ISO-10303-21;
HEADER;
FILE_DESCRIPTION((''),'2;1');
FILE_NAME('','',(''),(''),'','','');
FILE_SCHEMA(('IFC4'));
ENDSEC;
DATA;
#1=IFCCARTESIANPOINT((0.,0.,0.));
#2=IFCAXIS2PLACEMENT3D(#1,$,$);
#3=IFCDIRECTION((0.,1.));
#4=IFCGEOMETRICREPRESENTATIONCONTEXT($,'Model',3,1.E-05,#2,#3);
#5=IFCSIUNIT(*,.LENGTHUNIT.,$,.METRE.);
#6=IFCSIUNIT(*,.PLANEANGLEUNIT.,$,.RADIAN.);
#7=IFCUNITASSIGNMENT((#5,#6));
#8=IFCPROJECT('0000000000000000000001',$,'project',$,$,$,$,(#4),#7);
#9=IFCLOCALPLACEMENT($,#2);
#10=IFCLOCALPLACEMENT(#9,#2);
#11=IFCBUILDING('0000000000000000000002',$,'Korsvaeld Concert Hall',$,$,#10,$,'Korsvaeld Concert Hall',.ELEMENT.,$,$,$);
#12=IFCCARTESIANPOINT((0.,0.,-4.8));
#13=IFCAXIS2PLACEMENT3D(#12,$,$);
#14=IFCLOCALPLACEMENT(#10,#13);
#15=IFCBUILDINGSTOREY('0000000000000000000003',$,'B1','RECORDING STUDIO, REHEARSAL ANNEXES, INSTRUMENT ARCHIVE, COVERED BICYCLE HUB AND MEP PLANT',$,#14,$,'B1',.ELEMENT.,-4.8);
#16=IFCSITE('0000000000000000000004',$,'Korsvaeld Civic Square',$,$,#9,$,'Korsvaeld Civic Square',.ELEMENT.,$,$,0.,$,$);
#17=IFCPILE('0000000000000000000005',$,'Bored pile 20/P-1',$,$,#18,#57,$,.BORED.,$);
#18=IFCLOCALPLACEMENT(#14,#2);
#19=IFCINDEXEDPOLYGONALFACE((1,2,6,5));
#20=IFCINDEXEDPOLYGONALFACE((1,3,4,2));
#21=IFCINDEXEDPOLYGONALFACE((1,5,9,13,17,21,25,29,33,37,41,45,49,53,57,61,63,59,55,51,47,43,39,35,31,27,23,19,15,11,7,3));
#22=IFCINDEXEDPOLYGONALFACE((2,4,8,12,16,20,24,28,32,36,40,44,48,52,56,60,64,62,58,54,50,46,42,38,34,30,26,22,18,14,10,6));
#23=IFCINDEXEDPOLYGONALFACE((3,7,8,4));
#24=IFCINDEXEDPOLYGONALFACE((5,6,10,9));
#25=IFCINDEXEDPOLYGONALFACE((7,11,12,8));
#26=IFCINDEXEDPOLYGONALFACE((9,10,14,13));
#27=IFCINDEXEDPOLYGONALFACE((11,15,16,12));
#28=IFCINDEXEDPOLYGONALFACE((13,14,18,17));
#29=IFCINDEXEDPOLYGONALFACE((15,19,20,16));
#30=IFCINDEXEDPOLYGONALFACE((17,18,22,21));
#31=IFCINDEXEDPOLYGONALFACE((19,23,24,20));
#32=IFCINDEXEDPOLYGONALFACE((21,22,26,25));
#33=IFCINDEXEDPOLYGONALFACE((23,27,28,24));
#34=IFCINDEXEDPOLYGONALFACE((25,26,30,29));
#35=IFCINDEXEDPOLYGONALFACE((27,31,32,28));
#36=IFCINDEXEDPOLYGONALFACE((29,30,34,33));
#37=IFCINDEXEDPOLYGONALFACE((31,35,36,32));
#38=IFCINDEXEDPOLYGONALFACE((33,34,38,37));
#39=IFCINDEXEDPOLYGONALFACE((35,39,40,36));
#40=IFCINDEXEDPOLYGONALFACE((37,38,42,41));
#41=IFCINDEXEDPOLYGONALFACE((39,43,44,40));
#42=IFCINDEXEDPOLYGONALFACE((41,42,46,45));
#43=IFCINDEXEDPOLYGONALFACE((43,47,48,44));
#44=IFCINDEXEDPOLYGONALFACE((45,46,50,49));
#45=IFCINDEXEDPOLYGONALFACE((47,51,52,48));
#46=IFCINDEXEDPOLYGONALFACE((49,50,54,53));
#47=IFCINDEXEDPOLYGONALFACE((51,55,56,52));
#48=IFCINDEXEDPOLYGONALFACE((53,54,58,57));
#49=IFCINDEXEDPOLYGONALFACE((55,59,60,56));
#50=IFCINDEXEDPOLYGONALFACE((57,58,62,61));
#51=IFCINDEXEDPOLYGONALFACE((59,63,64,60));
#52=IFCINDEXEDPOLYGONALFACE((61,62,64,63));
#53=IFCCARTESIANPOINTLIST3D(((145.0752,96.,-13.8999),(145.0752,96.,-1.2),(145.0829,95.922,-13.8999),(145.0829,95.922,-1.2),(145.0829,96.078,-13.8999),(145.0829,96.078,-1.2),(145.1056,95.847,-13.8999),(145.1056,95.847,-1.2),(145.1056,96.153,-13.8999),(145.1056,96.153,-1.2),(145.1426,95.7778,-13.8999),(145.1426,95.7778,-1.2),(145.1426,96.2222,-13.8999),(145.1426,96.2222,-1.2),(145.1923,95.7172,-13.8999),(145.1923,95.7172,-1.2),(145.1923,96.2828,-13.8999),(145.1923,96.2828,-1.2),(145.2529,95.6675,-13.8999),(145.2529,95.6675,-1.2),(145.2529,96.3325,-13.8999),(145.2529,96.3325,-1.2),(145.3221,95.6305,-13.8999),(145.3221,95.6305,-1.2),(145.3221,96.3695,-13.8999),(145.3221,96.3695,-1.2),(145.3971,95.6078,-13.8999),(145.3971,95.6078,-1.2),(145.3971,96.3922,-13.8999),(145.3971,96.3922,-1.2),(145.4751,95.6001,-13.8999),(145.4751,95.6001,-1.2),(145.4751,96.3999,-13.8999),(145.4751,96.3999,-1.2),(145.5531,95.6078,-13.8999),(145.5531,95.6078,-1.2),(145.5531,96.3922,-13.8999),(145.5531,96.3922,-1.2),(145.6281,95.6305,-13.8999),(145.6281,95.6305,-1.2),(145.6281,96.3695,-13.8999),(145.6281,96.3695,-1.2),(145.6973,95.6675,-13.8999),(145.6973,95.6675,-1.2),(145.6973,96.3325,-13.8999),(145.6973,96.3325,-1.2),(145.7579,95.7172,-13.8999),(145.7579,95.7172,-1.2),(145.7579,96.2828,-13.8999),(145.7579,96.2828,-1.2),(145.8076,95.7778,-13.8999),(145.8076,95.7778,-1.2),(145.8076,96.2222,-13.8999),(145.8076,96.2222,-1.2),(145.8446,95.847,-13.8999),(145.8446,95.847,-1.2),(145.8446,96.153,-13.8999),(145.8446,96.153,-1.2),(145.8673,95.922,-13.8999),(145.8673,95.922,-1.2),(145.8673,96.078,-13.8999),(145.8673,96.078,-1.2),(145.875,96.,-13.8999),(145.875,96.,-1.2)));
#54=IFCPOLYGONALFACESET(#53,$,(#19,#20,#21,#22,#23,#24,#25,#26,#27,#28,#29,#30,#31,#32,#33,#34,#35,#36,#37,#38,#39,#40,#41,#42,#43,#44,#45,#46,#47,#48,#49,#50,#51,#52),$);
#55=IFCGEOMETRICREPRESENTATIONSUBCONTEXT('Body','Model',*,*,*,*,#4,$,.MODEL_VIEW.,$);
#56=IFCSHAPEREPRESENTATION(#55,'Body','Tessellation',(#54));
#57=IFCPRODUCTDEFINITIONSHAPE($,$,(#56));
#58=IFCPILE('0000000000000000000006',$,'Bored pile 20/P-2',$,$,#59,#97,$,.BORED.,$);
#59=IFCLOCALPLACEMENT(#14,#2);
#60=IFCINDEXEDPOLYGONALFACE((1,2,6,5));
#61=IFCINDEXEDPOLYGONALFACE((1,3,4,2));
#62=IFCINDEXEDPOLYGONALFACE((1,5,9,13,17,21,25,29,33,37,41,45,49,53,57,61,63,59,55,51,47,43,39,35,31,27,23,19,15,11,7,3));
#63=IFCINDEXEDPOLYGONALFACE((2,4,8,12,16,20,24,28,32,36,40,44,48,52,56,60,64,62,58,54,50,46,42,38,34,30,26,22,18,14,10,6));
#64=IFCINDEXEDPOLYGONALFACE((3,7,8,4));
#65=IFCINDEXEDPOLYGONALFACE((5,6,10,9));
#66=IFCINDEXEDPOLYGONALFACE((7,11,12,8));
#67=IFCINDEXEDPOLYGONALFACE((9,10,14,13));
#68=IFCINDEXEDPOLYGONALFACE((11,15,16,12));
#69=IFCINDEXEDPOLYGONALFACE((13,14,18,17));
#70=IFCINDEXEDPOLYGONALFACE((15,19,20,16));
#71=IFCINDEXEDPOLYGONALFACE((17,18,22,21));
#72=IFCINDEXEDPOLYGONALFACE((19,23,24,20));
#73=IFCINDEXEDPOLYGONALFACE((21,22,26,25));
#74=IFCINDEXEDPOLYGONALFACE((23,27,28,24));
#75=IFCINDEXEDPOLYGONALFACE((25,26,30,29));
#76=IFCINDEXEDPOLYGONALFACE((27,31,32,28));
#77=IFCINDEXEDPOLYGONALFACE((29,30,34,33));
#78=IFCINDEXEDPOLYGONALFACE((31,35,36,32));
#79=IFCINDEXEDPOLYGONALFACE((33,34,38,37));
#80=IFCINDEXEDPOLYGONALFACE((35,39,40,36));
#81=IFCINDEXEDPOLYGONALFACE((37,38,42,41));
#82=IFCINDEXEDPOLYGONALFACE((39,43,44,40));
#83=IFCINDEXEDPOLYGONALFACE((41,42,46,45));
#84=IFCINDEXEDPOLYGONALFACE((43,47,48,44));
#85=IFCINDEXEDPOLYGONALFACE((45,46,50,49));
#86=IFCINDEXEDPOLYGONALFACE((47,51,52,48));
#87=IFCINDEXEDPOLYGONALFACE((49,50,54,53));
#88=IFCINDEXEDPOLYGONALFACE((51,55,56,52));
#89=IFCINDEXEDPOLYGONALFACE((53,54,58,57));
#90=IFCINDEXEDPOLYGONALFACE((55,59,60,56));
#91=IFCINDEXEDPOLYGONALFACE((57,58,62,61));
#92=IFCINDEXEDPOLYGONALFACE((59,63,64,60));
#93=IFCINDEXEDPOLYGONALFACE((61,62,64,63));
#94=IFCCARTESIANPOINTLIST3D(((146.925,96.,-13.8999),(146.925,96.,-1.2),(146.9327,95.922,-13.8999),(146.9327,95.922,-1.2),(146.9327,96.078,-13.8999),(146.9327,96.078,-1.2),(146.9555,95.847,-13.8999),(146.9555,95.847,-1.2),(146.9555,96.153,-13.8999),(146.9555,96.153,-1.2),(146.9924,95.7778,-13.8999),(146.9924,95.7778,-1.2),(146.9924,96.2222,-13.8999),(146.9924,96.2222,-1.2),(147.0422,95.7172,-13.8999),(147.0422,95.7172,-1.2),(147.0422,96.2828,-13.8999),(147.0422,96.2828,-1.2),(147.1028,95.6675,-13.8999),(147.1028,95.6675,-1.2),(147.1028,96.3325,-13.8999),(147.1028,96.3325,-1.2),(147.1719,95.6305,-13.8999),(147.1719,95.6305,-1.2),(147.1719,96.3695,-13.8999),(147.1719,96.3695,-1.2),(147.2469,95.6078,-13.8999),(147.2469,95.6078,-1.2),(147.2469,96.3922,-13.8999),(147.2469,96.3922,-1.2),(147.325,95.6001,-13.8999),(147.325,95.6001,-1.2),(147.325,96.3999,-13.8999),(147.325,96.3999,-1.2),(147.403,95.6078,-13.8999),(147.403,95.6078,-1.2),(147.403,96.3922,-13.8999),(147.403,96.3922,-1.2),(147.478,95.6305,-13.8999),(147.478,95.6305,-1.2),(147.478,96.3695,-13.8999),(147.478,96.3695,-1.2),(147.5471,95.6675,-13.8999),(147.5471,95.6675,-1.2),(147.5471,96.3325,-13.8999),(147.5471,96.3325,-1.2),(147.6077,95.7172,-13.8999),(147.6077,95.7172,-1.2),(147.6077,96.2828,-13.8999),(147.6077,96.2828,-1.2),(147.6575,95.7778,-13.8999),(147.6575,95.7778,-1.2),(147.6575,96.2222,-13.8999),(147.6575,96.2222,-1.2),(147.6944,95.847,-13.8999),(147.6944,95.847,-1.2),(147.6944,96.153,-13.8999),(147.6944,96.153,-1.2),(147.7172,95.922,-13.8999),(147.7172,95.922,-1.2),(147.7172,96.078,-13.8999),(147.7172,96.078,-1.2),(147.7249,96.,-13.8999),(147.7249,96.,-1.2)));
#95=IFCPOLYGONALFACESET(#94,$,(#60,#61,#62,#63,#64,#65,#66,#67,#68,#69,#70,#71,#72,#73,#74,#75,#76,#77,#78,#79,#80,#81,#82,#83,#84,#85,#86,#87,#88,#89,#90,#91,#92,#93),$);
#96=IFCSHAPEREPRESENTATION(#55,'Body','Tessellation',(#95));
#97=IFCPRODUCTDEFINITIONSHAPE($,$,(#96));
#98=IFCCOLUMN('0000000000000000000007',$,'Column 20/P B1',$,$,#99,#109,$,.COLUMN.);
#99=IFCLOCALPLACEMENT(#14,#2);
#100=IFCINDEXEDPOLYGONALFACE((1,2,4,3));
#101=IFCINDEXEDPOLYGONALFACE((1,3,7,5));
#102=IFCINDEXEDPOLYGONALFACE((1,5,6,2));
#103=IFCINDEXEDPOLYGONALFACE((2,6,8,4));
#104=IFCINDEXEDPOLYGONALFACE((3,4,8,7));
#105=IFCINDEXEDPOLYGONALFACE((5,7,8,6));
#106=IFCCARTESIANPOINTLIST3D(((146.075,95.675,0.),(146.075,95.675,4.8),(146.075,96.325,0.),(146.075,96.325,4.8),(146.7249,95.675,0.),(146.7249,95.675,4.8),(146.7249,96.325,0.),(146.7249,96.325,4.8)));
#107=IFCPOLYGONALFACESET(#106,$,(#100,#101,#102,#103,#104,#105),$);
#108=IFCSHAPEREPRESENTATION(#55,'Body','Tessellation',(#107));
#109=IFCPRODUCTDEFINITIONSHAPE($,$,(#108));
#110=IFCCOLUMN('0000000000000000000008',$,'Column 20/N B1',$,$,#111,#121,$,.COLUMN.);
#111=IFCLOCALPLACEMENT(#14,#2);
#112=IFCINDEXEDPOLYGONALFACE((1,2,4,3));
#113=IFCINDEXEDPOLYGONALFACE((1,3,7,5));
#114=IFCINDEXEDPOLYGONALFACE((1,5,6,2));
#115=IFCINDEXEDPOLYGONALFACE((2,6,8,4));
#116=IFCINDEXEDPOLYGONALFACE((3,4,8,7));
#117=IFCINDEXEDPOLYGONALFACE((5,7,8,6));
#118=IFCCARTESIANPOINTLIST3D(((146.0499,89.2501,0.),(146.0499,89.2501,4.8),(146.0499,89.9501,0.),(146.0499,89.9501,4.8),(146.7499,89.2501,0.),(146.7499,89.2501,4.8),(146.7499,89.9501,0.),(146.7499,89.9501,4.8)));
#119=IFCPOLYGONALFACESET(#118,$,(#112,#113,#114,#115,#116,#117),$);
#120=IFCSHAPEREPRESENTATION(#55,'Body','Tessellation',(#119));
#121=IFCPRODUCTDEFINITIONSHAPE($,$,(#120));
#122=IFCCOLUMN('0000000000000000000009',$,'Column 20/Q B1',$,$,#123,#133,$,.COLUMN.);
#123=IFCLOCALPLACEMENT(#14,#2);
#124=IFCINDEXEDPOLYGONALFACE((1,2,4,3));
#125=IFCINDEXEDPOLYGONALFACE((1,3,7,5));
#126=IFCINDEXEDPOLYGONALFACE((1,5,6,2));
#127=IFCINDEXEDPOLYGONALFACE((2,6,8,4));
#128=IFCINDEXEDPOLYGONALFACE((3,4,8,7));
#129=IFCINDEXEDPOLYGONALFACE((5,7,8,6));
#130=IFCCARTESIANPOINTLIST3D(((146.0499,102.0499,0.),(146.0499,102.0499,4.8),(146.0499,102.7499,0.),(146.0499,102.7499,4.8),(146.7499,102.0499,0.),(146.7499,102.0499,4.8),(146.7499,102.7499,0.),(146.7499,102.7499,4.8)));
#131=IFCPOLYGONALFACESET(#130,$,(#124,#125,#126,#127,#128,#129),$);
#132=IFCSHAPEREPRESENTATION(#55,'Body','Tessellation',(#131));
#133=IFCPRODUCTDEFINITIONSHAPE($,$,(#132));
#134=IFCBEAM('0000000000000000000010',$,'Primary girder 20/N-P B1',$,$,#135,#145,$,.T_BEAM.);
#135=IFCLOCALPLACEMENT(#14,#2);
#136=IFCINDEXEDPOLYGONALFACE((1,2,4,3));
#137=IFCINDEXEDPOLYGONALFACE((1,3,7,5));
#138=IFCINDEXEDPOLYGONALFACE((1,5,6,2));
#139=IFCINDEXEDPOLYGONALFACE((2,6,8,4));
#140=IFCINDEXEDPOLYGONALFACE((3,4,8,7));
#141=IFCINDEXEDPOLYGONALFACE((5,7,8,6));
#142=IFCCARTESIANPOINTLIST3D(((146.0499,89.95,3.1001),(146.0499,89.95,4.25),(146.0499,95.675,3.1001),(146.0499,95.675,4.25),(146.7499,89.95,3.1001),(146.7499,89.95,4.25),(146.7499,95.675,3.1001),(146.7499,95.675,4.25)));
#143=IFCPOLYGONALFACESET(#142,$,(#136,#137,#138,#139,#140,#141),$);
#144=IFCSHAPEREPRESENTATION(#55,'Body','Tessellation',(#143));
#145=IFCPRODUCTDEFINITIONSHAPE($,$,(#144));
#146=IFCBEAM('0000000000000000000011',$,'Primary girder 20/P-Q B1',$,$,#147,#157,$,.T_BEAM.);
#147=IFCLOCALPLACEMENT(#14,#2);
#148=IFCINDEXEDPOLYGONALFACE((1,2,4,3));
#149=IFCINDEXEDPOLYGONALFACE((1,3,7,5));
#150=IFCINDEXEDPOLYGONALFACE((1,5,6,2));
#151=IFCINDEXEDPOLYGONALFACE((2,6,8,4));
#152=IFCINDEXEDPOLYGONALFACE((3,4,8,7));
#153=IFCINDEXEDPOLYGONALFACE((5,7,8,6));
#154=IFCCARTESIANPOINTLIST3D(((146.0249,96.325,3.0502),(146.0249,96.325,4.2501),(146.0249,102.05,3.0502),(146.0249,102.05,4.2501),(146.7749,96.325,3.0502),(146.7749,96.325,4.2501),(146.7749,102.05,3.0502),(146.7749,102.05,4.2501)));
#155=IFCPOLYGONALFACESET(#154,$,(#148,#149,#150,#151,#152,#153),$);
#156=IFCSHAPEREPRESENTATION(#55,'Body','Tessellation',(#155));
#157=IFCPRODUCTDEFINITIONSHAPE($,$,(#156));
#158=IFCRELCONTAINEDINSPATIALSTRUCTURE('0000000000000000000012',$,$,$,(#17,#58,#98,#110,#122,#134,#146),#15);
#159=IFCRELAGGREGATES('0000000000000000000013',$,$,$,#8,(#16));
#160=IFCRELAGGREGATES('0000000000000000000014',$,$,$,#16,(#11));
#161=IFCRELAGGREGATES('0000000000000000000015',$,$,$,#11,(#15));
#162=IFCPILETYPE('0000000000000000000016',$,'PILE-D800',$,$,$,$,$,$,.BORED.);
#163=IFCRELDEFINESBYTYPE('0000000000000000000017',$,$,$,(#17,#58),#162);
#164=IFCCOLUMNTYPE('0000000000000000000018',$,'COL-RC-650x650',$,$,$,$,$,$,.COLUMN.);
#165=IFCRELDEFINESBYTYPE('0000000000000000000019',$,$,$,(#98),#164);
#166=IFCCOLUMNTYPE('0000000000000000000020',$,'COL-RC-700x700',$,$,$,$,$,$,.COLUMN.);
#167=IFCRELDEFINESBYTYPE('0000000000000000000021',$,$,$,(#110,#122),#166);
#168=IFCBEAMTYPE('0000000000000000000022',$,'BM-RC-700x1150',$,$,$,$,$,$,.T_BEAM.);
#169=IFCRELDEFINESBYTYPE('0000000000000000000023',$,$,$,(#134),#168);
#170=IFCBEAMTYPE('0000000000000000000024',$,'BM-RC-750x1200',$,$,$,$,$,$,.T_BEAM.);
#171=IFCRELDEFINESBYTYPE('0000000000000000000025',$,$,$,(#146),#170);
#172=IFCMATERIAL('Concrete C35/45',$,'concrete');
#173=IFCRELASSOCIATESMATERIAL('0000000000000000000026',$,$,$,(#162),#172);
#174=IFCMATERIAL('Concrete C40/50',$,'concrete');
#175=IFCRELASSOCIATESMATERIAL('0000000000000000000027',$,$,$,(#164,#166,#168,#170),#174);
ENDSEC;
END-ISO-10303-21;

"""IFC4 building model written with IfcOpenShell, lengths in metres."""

from ifc_helpers import new_model, si_unit, direction, frame, origin, origin_2d, place, context, subcontext, project, spatial, rectangle, circle, extrude, material, material_profile, profile_set, type_object, element, save


model = new_model("IFC4")

# Units and contexts
model_context = context("Model", 3, precision=1e-05, world=origin(), true_north=direction((0.0, 1.0)))
body_context = subcontext(model_context, "Body", "Model", "MODEL_VIEW")
ifc_project = project(units=[si_unit("LENGTHUNIT", "METRE"), si_unit("PLANEANGLEUNIT", "RADIAN")], contexts=[model_context])

# Site, building, storey
site_placement = place(None, origin())
site = spatial("IfcSite", under=ifc_project, at=site_placement, Name="Korsvaeld Civic Square", LongName="Korsvaeld Civic Square", CompositionType="ELEMENT", RefElevation=0.0)
building_placement = place(site_placement, origin())
building = spatial("IfcBuilding", under=site, at=building_placement, Name="Korsvaeld Concert Hall", LongName="Korsvaeld Concert Hall", CompositionType="ELEMENT")
storey_placement = place(building_placement, frame((0.0, 0.0, -4.8)))
storey = spatial("IfcBuildingStorey", under=building, at=storey_placement, Name="B1", Description="RECORDING STUDIO, REHEARSAL ANNEXES, INSTRUMENT ARCHIVE, COVERED BICYCLE HUB AND MEP PLANT", LongName="B1", CompositionType="ELEMENT", Elevation=-4.8)

# Shared definitions
ifc_material_1 = material(Name="Concrete C35/45", Category="concrete")

# Piles
ifc_material_profile_1 = material_profile(ifc_material_1, circle(Radius=0.3999, at=origin_2d()), Name="BORED PILE D800")
ifc_profile_set_1 = profile_set([ifc_material_profile_1], Name="Concrete C35/45")
pile_type_1 = type_object("IfcPileType", Name="PILE-D800", PredefinedType="BORED", material=ifc_profile_set_1)
for number, where, z_axis, x_axis, name in (
    (1, (145.4751, 96.0, -1.2), (0.0, 0.0, -1.0), (1.0, 0.0, 0.0), "Bored pile 20/P-1"),
    (2, (147.325, 96.0, -1.2), (0.0, 0.0, -1.0), (1.0, 0.0, 0.0), "Bored pile 20/P-2"),
):
    element("IfcPile", number, at=place(storey_placement, frame(where, z_axis=z_axis, x_axis=x_axis)), inside=storey, type_object=pile_type_1, Name=name, PredefinedType="BORED", context=body_context, shape_type="SweptSolid", body=[
        extrude(circle(Radius=0.3999, at=origin_2d()), origin(), (0.0, 0.0, 1.0), 12.7),
    ])

# Columns
ifc_material_2 = material(Name="Concrete C40/50", Category="concrete")
ifc_material_profile_2 = material_profile(ifc_material_2, rectangle(XDim=0.6499, YDim=0.6499, at=origin_2d()), Name="RC 650x650")
ifc_profile_set_2 = profile_set([ifc_material_profile_2], Name="Concrete C40/50")
column_type_1 = type_object("IfcColumnType", Name="COL-RC-650x650", PredefinedType="COLUMN", material=ifc_profile_set_2)
column_placement = place(storey_placement, frame((146.3999, 96.0, 0.0), z_axis=(0.0, 0.0, 1.0), x_axis=(1.0, 0.0, 0.0)))
element("IfcColumn", 3, at=column_placement, inside=storey, type_object=column_type_1, Name="Column 20/P B1", PredefinedType="COLUMN", context=body_context, shape_type="SweptSolid", body=[
    extrude(rectangle(XDim=0.6499, YDim=0.6499, at=origin_2d()), origin(), (0.0, 0.0, 1.0), 4.8),
])
ifc_material_profile_3 = material_profile(ifc_material_2, rectangle(XDim=0.7, YDim=0.7, at=origin_2d()), Name="RC 700x700")
ifc_profile_set_3 = profile_set([ifc_material_profile_3], Name="Concrete C40/50")
column_type_2 = type_object("IfcColumnType", Name="COL-RC-700x700", PredefinedType="COLUMN", material=ifc_profile_set_3)
for number, where, z_axis, x_axis, name in (
    (4, (146.3999, 89.6001, 0.0), (0.0, 0.0, 1.0), (1.0, 0.0, 0.0), "Column 20/N B1"),
    (5, (146.3999, 102.3999, 0.0), (0.0, 0.0, 1.0), (1.0, 0.0, 0.0), "Column 20/Q B1"),
):
    element("IfcColumn", number, at=place(storey_placement, frame(where, z_axis=z_axis, x_axis=x_axis)), inside=storey, type_object=column_type_2, Name=name, PredefinedType="COLUMN", context=body_context, shape_type="SweptSolid", body=[
        extrude(rectangle(XDim=0.7, YDim=0.7, at=origin_2d()), origin(), (0.0, 0.0, 1.0), 4.8),
    ])

# Beams
ifc_material_profile_4 = material_profile(ifc_material_2, rectangle(XDim=0.7, YDim=1.1499, at=origin_2d()), Name="RC 700x1150")
ifc_profile_set_4 = profile_set([ifc_material_profile_4], Name="Concrete C40/50")
beam_type_1 = type_object("IfcBeamType", Name="BM-RC-700x1150", PredefinedType="T_BEAM", material=ifc_profile_set_4)
beam_1_placement = place(storey_placement, frame((146.3999, 89.95, 3.675), z_axis=(0.0, 1.0, 0.0), x_axis=(-1.0, 0.0, 0.0)))
element("IfcBeam", 6, at=beam_1_placement, inside=storey, type_object=beam_type_1, Name="Primary girder 20/N-P B1", PredefinedType="T_BEAM", context=body_context, shape_type="SweptSolid", body=[
    extrude(rectangle(XDim=0.7, YDim=1.1499, at=origin_2d()), origin(), (0.0, 0.0, 1.0), 5.7251),
])
ifc_material_profile_5 = material_profile(ifc_material_2, rectangle(XDim=0.75, YDim=1.2, at=origin_2d()), Name="RC 750x1200")
ifc_profile_set_5 = profile_set([ifc_material_profile_5], Name="Concrete C40/50")
beam_type_2 = type_object("IfcBeamType", Name="BM-RC-750x1200", PredefinedType="T_BEAM", material=ifc_profile_set_5)
beam_2_placement = place(storey_placement, frame((146.3999, 96.325, 3.6501), z_axis=(0.0, 1.0, 0.0), x_axis=(-1.0, 0.0, 0.0)))
element("IfcBeam", 7, at=beam_2_placement, inside=storey, type_object=beam_type_2, Name="Primary girder 20/P-Q B1", PredefinedType="T_BEAM", context=body_context, shape_type="SweptSolid", body=[
    extrude(rectangle(XDim=0.75, YDim=1.2, at=origin_2d()), origin(), (0.0, 0.0, 1.0), 5.7251),
])

save(model, "model.ifc")
